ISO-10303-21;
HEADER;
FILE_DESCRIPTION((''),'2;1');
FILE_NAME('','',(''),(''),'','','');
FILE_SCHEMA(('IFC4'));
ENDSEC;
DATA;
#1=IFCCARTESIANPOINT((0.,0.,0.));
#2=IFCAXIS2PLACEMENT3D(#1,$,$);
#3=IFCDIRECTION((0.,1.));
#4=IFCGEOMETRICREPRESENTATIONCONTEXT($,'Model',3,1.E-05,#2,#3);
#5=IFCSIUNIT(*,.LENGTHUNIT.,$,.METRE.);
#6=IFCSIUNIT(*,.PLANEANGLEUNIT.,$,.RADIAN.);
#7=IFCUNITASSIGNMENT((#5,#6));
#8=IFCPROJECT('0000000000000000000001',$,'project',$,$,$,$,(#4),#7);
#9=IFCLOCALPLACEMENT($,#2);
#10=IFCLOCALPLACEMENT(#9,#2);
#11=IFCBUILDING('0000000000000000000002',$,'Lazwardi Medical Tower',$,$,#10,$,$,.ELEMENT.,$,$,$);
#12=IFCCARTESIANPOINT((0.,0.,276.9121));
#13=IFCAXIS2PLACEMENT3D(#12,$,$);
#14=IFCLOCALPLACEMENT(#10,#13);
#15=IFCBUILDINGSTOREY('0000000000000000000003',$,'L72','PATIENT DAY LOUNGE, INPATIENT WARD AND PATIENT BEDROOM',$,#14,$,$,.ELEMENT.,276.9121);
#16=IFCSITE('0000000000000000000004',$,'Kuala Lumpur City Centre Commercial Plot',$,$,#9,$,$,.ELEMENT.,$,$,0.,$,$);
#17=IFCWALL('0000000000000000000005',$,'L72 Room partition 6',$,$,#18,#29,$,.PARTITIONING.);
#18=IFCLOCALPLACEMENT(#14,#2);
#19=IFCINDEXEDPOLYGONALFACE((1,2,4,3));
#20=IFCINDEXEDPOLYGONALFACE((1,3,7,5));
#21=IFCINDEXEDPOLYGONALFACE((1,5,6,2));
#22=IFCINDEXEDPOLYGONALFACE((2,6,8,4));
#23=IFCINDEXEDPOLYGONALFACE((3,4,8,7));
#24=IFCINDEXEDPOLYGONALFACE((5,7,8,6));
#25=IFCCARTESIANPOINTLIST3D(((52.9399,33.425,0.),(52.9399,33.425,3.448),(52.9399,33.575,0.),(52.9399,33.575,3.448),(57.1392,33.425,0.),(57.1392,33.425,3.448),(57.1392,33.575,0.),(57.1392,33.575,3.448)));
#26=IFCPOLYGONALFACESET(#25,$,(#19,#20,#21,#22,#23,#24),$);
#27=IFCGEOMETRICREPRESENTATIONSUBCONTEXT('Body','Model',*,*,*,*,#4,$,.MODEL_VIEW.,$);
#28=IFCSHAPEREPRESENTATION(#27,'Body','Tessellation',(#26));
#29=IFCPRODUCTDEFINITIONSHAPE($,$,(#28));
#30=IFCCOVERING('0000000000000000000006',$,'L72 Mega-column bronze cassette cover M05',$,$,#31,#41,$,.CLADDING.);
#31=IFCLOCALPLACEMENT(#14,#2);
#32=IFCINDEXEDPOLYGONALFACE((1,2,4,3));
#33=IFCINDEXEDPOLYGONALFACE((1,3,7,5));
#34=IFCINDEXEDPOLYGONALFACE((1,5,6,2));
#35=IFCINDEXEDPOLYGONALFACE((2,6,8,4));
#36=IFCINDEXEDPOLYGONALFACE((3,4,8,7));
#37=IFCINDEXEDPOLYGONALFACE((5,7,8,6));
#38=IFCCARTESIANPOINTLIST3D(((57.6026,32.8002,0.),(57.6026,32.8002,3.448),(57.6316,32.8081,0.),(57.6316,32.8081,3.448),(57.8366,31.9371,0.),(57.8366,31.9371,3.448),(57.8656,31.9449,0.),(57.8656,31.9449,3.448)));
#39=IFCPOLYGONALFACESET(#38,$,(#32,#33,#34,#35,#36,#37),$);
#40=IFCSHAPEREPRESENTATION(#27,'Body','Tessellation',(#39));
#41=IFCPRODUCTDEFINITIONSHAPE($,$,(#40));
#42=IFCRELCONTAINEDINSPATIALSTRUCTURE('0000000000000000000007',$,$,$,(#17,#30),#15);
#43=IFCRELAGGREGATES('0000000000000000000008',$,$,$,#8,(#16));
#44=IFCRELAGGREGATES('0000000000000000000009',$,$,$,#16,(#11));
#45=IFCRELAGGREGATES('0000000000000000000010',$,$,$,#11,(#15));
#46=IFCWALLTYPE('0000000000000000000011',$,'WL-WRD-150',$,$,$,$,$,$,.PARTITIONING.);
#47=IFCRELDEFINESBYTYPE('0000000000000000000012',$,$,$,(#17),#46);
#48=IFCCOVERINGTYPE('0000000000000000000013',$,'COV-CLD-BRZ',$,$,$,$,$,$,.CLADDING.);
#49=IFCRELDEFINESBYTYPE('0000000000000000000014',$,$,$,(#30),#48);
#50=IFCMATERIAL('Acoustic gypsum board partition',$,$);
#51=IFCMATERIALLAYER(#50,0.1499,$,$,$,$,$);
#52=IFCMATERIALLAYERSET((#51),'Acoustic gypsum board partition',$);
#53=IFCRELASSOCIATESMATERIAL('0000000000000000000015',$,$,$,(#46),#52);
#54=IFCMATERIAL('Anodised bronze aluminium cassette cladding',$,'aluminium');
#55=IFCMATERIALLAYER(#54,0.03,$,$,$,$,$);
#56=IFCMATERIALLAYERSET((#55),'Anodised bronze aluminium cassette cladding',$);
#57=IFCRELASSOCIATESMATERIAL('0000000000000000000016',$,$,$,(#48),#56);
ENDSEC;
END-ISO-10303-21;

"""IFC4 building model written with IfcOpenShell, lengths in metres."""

from ifc_helpers import new_model, si_unit, direction, frame, frame_2d, origin, origin_2d, place, context, subcontext, project, spatial, rectangle, extrude, material, layer, layer_set, type_object, element, save


model = new_model("IFC4")

# Units and contexts
model_context = context("Model", 3, precision=1e-05, world=origin(), true_north=direction((0.0, 1.0)))
body_context = subcontext(model_context, "Body", "Model", "MODEL_VIEW")
ifc_project = project(units=[si_unit("LENGTHUNIT", "METRE"), si_unit("PLANEANGLEUNIT", "RADIAN")], contexts=[model_context])

# Site, building, storey
site_placement = place(None, origin())
site = spatial("IfcSite", under=ifc_project, at=site_placement, Name="Kuala Lumpur City Centre Commercial Plot", CompositionType="ELEMENT", RefElevation=0.0)
building_placement = place(site_placement, origin())
building = spatial("IfcBuilding", under=site, at=building_placement, Name="Lazwardi Medical Tower", CompositionType="ELEMENT")
storey_placement = place(building_placement, frame((0.0, 0.0, 276.9121)))
storey = spatial("IfcBuildingStorey", under=building, at=storey_placement, Name="L72", Description="PATIENT DAY LOUNGE, INPATIENT WARD AND PATIENT BEDROOM", CompositionType="ELEMENT", Elevation=276.9121)

# Wall
ifc_material_1 = material(Name="Acoustic gypsum board partition")
ifc_layer_1 = layer(ifc_material_1, 0.1499)
ifc_layer_set_1 = layer_set([ifc_layer_1], Name="Acoustic gypsum board partition")
wall_type_1 = type_object("IfcWallType", Name="WL-WRD-150", PredefinedType="PARTITIONING", material=ifc_layer_set_1)
wall_1_placement = place(storey_placement, frame((52.9399, 33.5, 0.0), z_axis=(0.0, 0.0, 1.0), x_axis=(1.0, 0.0, 0.0)))
element("IfcWall", 1, at=wall_1_placement, inside=storey, type_object=wall_type_1, Name="L72 Room partition 6", PredefinedType="PARTITIONING", context=body_context, shape_type="SweptSolid", body=[
    extrude(rectangle(XDim=4.1992, YDim=0.1499, at=frame_2d((2.0996, 0.0))), origin(), (0.0, 0.0, 1.0), 3.448),
])

# Covering
ifc_material_2 = material(Name="Anodised bronze aluminium cassette cladding", Category="aluminium")
ifc_layer_2 = layer(ifc_material_2, 0.03)
ifc_layer_set_2 = layer_set([ifc_layer_2], Name="Anodised bronze aluminium cassette cladding")
covering_type = type_object("IfcCoveringType", Name="COV-CLD-BRZ", PredefinedType="CLADDING", material=ifc_layer_set_2)
covering_placement = place(storey_placement, frame((57.7341, 32.3726, 0.0), z_axis=(0.0, 0.0, 1.0), x_axis=(-0.261642, 0.965165, 0.0)))
element("IfcCovering", 2, at=covering_placement, inside=storey, type_object=covering_type, Name="L72 Mega-column bronze cassette cover M05", PredefinedType="CLADDING", context=body_context, shape_type="SweptSolid", body=[
    extrude(rectangle(XDim=0.8943, YDim=0.03, at=origin_2d()), origin(), (0.0, 0.0, 1.0), 3.448),
])

save(model, "model.ifc")
